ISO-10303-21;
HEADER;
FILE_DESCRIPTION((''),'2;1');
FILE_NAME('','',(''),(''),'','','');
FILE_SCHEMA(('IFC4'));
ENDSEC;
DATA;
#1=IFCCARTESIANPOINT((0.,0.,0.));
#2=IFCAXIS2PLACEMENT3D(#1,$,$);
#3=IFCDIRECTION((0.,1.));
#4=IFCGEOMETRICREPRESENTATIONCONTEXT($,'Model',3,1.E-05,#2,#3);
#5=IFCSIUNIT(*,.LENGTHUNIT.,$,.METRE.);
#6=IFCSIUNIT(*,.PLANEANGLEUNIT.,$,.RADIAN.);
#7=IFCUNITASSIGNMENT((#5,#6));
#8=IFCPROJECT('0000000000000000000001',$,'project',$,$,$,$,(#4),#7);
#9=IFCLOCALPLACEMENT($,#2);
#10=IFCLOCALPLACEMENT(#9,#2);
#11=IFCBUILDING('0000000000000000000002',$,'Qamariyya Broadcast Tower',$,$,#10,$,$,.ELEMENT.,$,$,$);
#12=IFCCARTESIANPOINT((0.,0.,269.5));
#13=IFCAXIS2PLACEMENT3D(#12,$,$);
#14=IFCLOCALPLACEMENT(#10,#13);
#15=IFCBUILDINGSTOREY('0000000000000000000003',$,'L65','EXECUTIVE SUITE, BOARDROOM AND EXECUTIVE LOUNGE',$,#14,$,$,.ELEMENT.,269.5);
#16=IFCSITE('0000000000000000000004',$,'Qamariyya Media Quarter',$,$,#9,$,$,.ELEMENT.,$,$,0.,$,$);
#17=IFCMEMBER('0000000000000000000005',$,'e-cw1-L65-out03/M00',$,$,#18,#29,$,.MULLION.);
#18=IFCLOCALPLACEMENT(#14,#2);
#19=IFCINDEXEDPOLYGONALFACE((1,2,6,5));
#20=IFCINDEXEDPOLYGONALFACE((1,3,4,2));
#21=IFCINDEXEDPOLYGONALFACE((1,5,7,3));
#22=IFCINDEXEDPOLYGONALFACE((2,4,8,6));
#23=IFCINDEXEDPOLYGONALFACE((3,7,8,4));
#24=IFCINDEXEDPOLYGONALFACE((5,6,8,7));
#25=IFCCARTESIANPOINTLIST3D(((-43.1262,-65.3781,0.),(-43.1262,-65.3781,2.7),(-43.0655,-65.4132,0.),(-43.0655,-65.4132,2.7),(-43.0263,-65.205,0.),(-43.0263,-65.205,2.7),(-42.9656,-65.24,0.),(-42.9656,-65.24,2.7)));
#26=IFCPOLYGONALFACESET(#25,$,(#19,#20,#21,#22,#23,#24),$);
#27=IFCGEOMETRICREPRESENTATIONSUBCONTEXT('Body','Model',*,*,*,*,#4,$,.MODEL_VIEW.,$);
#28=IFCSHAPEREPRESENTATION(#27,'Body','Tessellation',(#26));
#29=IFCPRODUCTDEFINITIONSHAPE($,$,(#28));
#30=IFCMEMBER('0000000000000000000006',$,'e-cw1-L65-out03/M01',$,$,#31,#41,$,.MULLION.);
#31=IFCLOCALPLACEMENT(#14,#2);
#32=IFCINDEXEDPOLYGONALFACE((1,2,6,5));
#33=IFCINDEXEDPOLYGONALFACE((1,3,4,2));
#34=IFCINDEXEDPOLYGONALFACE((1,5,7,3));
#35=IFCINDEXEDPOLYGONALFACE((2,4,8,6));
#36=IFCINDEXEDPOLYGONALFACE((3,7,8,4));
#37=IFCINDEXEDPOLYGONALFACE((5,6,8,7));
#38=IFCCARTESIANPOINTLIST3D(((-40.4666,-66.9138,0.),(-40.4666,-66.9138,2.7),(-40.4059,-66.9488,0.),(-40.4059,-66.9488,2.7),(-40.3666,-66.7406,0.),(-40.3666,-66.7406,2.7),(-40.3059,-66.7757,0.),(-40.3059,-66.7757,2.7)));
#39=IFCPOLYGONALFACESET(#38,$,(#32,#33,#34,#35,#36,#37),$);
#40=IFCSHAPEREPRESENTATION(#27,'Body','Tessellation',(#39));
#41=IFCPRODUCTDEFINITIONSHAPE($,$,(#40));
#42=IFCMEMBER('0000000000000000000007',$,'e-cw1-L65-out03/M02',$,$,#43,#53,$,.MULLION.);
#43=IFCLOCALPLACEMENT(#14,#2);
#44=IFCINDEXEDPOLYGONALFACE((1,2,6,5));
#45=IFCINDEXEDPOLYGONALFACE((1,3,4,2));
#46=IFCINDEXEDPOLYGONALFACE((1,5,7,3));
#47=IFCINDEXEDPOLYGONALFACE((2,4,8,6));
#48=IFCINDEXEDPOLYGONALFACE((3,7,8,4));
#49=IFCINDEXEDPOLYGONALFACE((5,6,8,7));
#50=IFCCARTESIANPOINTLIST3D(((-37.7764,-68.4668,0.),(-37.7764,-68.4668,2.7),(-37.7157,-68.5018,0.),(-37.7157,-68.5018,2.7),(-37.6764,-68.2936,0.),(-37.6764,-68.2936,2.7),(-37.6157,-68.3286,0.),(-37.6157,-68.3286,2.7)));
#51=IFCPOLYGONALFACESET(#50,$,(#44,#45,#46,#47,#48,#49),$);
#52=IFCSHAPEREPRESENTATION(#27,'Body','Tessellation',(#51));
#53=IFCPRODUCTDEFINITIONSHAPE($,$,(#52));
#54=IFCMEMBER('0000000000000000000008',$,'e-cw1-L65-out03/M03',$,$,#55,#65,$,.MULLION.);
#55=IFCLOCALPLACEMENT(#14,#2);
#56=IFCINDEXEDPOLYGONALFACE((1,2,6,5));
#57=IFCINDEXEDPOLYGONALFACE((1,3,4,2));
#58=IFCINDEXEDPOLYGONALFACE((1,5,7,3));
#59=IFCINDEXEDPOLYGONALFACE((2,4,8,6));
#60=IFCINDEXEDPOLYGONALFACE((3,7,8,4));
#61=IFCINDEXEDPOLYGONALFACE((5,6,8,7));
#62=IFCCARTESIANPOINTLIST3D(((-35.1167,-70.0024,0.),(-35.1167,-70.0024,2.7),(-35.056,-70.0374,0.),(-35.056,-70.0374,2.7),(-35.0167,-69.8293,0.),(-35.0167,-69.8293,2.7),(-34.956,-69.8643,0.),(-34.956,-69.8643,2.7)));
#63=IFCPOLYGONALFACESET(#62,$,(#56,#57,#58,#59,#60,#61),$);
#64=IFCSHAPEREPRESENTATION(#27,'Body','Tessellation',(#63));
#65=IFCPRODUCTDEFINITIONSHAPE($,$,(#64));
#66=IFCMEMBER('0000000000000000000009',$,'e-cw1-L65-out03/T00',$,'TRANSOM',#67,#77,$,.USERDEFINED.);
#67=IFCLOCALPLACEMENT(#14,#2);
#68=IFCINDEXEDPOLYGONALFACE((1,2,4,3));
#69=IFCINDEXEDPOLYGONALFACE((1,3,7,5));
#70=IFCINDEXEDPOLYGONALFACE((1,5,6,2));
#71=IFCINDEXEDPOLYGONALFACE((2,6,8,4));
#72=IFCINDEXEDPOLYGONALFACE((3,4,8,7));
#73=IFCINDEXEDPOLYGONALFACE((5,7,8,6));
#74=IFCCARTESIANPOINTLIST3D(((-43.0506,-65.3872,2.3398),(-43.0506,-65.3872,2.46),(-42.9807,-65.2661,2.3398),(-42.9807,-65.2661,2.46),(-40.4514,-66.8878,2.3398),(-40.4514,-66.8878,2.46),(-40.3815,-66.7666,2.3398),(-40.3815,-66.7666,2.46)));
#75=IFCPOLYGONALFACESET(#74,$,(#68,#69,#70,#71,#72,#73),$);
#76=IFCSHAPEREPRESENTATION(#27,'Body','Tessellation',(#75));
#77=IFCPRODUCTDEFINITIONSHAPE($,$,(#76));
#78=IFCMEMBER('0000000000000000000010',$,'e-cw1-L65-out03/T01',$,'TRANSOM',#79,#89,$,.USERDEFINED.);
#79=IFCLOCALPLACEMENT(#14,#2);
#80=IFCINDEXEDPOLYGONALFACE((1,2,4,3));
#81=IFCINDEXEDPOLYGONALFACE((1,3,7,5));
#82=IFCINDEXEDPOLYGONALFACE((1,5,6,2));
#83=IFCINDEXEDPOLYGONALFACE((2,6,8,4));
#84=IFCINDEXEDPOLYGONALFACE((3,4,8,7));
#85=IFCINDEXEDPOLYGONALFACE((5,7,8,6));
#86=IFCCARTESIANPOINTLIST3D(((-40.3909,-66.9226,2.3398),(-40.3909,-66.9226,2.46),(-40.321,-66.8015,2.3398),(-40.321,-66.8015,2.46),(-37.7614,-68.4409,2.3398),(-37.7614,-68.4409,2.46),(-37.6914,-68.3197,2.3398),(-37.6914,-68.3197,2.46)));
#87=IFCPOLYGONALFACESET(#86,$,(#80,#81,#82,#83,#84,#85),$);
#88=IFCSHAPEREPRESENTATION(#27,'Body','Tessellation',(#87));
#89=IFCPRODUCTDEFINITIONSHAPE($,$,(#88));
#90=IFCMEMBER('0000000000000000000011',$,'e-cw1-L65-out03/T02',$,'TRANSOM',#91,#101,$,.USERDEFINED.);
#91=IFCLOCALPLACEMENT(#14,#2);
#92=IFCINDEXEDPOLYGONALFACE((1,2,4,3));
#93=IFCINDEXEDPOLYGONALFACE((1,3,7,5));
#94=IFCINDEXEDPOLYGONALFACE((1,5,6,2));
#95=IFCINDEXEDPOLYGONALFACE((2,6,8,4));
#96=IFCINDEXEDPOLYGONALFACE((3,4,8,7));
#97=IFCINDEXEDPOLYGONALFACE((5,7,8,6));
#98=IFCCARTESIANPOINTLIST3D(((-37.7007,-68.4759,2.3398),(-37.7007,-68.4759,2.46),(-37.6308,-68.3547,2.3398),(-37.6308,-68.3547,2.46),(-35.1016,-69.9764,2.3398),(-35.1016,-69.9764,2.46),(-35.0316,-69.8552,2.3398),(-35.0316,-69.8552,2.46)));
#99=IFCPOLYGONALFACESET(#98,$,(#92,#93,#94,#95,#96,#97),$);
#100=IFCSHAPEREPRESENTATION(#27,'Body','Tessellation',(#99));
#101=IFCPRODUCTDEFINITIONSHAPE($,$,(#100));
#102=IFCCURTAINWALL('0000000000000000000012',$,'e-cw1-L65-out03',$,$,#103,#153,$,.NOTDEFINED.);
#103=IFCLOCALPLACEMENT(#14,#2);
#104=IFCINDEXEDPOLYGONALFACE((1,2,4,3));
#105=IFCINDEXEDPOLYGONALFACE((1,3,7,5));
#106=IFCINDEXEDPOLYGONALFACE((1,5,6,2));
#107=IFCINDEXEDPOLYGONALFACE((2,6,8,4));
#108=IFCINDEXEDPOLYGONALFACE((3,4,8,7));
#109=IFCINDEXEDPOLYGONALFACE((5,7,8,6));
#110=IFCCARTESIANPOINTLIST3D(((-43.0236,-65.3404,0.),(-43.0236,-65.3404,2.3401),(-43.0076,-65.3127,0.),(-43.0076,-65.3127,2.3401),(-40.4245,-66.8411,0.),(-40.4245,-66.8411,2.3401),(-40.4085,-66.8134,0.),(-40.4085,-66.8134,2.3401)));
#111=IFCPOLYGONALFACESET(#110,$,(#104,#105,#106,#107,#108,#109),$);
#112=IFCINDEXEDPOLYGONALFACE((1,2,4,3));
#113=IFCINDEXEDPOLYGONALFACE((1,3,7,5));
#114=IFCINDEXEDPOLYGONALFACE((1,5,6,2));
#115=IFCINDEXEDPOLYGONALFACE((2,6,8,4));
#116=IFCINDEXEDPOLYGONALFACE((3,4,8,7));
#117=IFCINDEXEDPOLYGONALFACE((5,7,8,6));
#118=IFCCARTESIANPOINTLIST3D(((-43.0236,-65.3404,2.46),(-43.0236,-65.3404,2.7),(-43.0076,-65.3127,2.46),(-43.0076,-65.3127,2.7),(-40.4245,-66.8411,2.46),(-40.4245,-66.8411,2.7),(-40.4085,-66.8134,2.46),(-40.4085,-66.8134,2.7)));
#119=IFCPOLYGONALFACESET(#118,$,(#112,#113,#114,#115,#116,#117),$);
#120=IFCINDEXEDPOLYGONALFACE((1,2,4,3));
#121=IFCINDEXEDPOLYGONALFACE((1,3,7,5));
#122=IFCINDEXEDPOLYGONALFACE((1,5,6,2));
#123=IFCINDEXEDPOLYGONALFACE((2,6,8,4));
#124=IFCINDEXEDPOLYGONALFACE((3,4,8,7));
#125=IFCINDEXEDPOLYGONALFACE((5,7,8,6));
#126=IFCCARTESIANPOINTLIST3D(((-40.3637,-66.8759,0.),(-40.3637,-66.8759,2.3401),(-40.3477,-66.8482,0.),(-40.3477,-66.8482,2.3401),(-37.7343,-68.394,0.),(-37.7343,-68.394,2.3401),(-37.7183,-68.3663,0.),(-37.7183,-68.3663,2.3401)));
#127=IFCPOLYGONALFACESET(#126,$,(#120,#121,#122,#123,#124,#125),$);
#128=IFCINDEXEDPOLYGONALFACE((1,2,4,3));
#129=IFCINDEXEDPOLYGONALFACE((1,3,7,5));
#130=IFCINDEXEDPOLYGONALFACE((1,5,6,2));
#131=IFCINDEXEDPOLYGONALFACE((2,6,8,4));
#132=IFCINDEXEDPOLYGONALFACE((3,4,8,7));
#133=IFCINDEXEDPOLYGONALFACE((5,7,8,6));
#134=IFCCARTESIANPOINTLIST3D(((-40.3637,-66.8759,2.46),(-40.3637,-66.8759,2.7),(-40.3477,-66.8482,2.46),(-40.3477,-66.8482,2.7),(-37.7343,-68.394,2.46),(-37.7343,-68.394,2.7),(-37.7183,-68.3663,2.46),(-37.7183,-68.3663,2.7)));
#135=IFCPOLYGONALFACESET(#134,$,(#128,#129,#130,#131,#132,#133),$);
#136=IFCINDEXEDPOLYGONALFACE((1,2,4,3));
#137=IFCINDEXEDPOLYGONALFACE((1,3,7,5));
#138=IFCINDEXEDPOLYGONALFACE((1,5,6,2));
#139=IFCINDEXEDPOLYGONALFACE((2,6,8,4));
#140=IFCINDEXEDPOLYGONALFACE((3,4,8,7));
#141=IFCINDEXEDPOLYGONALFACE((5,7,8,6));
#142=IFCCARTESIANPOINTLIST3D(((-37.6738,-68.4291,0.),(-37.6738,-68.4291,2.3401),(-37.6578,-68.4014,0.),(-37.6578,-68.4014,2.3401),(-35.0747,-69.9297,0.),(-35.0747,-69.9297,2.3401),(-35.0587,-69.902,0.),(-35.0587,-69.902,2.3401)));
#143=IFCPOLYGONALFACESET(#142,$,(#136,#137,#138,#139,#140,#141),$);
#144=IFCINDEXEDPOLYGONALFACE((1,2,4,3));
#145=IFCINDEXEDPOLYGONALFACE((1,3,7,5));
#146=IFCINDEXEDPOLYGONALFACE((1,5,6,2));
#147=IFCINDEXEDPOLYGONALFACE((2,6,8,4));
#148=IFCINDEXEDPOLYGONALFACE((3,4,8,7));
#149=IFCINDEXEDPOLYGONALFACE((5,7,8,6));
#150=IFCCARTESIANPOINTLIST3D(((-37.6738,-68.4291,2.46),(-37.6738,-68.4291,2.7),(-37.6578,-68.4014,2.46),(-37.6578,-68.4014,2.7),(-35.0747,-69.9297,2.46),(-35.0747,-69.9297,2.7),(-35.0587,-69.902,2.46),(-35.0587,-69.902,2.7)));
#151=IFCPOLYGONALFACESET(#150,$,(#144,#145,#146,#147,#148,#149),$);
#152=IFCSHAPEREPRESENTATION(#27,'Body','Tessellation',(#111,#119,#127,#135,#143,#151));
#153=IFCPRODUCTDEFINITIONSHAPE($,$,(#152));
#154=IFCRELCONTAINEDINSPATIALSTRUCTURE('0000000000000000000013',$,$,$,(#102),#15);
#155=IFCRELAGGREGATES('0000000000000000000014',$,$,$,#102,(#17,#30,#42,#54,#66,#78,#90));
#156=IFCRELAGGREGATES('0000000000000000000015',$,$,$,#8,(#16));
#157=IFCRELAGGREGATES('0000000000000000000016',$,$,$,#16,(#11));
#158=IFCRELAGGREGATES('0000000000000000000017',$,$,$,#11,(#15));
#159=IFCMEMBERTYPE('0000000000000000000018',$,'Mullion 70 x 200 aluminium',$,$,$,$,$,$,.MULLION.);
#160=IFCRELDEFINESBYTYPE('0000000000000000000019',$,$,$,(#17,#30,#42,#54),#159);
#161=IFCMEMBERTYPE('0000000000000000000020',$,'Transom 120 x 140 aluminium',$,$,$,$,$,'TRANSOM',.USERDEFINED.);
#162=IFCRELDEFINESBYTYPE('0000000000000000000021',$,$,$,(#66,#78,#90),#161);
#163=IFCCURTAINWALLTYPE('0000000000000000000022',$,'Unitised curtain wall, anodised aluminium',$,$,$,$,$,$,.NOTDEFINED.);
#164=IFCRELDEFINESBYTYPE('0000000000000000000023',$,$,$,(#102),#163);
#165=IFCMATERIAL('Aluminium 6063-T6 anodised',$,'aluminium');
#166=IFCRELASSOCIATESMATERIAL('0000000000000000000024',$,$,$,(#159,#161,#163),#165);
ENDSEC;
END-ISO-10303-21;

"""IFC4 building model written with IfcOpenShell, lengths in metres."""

from ifc_helpers import new_model, si_unit, direction, frame, origin, origin_2d, place, context, subcontext, project, spatial, rectangle, extrude, material, material_profile, profile_set, type_object, element, aggregate, save


model = new_model("IFC4")

# Units and contexts
model_context = context("Model", 3, precision=1e-05, world=origin(), true_north=direction((0.0, 1.0)))
body_context = subcontext(model_context, "Body", "Model", "MODEL_VIEW")
ifc_project = project(units=[si_unit("LENGTHUNIT", "METRE"), si_unit("PLANEANGLEUNIT", "RADIAN")], contexts=[model_context])

# Members
ifc_material = material(Name="Aluminium 6063-T6 anodised", Category="aluminium")
ifc_material_profile_1 = material_profile(ifc_material, rectangle(XDim=0.2, YDim=0.0701, at=origin_2d()))
ifc_profile_set_1 = profile_set([ifc_material_profile_1], Name="Aluminium 6063-T6 anodised")
member_type_1 = type_object("IfcMemberType", Name="Mullion 70 x 200 aluminium", PredefinedType="MULLION", material=ifc_profile_set_1)
site_placement = place(None, origin())
building_placement = place(site_placement, origin())
storey_placement = place(building_placement, frame((0.0, 0.0, 269.5)))
member_1_placement = place(storey_placement, frame((-43.0459, -65.3091, 0.0), z_axis=(0.0, 0.0, 1.0), x_axis=(0.5, 0.866025, 0.0)))
member_1 = element("IfcMember", 1, at=member_1_placement, type_object=member_type_1, Name="e-cw1-L65-out03/M00", PredefinedType="MULLION", context=body_context, shape_type="SweptSolid", body=[
    extrude(rectangle(XDim=0.2, YDim=0.0701, at=origin_2d()), origin(), (0.0, 0.0, 1.0), 2.7),
])
member_2_placement = place(storey_placement, frame((-40.3862, -66.8447, 0.0), z_axis=(0.0, 0.0, 1.0), x_axis=(0.5, 0.866025, 0.0)))
member_2 = element("IfcMember", 2, at=member_2_placement, type_object=member_type_1, Name="e-cw1-L65-out03/M01", PredefinedType="MULLION", context=body_context, shape_type="SweptSolid", body=[
    extrude(rectangle(XDim=0.2, YDim=0.0701, at=origin_2d()), origin(), (0.0, 0.0, 1.0), 2.7),
])
member_3_placement = place(storey_placement, frame((-37.696, -68.3977, 0.0), z_axis=(0.0, 0.0, 1.0), x_axis=(0.5, 0.866025, 0.0)))
member_3 = element("IfcMember", 3, at=member_3_placement, type_object=member_type_1, Name="e-cw1-L65-out03/M02", PredefinedType="MULLION", context=body_context, shape_type="SweptSolid", body=[
    extrude(rectangle(XDim=0.2, YDim=0.0701, at=origin_2d()), origin(), (0.0, 0.0, 1.0), 2.7),
])
member_4_placement = place(storey_placement, frame((-35.0364, -69.9333, 0.0), z_axis=(0.0, 0.0, 1.0), x_axis=(0.5, 0.866025, 0.0)))
member_4 = element("IfcMember", 4, at=member_4_placement, type_object=member_type_1, Name="e-cw1-L65-out03/M03", PredefinedType="MULLION", context=body_context, shape_type="SweptSolid", body=[
    extrude(rectangle(XDim=0.2, YDim=0.0701, at=origin_2d()), origin(), (0.0, 0.0, 1.0), 2.7),
])
ifc_material_profile_2 = material_profile(ifc_material, rectangle(XDim=0.1399, YDim=0.1201, at=origin_2d()))
ifc_profile_set_2 = profile_set([ifc_material_profile_2], Name="Aluminium 6063-T6 anodised")
member_type_2 = type_object("IfcMemberType", Name="Transom 120 x 140 aluminium", ElementType="TRANSOM", PredefinedType="USERDEFINED", material=ifc_profile_set_2)
member_5_placement = place(storey_placement, frame((-43.0156, -65.3267, 2.3999), z_axis=(0.866042, -0.499971, 0.0), x_axis=(0.499971, 0.866042, 0.0)))
member_5 = element("IfcMember", 5, at=member_5_placement, type_object=member_type_2, Name="e-cw1-L65-out03/T00", ObjectType="TRANSOM", PredefinedType="USERDEFINED", context=body_context, shape_type="SweptSolid", body=[
    extrude(rectangle(XDim=0.1399, YDim=0.1201, at=origin_2d()), origin(), (0.0, 0.0, 1.0), 3.0012),
])
member_6_placement = place(storey_placement, frame((-40.356, -66.8621, 2.3999), z_axis=(0.866013, -0.500022, 0.0), x_axis=(0.500022, 0.866013, 0.0)))
member_6 = element("IfcMember", 6, at=member_6_placement, type_object=member_type_2, Name="e-cw1-L65-out03/T01", ObjectType="TRANSOM", PredefinedType="USERDEFINED", context=body_context, shape_type="SweptSolid", body=[
    extrude(rectangle(XDim=0.1399, YDim=0.1201, at=origin_2d()), origin(), (0.0, 0.0, 1.0), 3.0364),
])
member_7_placement = place(storey_placement, frame((-37.6658, -68.4153, 2.3999), z_axis=(0.866042, -0.499971, 0.0), x_axis=(0.499971, 0.866042, 0.0)))
member_7 = element("IfcMember", 7, at=member_7_placement, type_object=member_type_2, Name="e-cw1-L65-out03/T02", ObjectType="TRANSOM", PredefinedType="USERDEFINED", context=body_context, shape_type="SweptSolid", body=[
    extrude(rectangle(XDim=0.1399, YDim=0.1201, at=origin_2d()), origin(), (0.0, 0.0, 1.0), 3.0012),
])

# Site, building, storey
site = spatial("IfcSite", under=ifc_project, at=site_placement, Name="Qamariyya Media Quarter", CompositionType="ELEMENT", RefElevation=0.0)
building = spatial("IfcBuilding", under=site, at=building_placement, Name="Qamariyya Broadcast Tower", CompositionType="ELEMENT")
storey = spatial("IfcBuildingStorey", under=building, at=storey_placement, Name="L65", Description="EXECUTIVE SUITE, BOARDROOM AND EXECUTIVE LOUNGE", CompositionType="ELEMENT", Elevation=269.5)

# Curtain wall
curtain_wall_type = type_object("IfcCurtainWallType", Name="Unitised curtain wall, anodised aluminium", PredefinedType="NOTDEFINED", material=ifc_material)
curtain_wall_1_placement = place(storey_placement, origin())
curtain_wall_1 = element("IfcCurtainWall", 8, at=curtain_wall_1_placement, inside=storey, type_object=curtain_wall_type, Name="e-cw1-L65-out03", PredefinedType="NOTDEFINED", context=body_context, shape_type="SweptSolid", body=[
    extrude(rectangle(XDim=3.0012, YDim=0.032, at=origin_2d()), frame((-41.7161, -66.0769, 0.0), x_axis=(0.866018, -0.500013, 0.0)), (0.0, 0.0, 1.0), 2.3401),
    extrude(rectangle(XDim=3.0012, YDim=0.032, at=origin_2d()), frame((-41.7161, -66.0769, 2.46), x_axis=(0.866018, -0.500013, 0.0)), (0.0, 0.0, 1.0), 0.24),
    extrude(rectangle(XDim=3.0361, YDim=0.032, at=origin_2d()), frame((-39.041, -67.6211, 0.0), x_axis=(0.866018, -0.500013, 0.0)), (0.0, 0.0, 1.0), 2.3401),
    extrude(rectangle(XDim=3.0361, YDim=0.032, at=origin_2d()), frame((-39.041, -67.6211, 2.46), x_axis=(0.866018, -0.500013, 0.0)), (0.0, 0.0, 1.0), 0.24),
    extrude(rectangle(XDim=3.0012, YDim=0.032, at=origin_2d()), frame((-36.3662, -69.1655, 0.0), x_axis=(0.866018, -0.500013, 0.0)), (0.0, 0.0, 1.0), 2.3401),
    extrude(rectangle(XDim=3.0012, YDim=0.032, at=origin_2d()), frame((-36.3662, -69.1655, 2.46), x_axis=(0.866018, -0.500013, 0.0)), (0.0, 0.0, 1.0), 0.24),
])
aggregate(curtain_wall_1, [member_1, member_2, member_3, member_4, member_5, member_6, member_7])

save(model, "model.ifc")
